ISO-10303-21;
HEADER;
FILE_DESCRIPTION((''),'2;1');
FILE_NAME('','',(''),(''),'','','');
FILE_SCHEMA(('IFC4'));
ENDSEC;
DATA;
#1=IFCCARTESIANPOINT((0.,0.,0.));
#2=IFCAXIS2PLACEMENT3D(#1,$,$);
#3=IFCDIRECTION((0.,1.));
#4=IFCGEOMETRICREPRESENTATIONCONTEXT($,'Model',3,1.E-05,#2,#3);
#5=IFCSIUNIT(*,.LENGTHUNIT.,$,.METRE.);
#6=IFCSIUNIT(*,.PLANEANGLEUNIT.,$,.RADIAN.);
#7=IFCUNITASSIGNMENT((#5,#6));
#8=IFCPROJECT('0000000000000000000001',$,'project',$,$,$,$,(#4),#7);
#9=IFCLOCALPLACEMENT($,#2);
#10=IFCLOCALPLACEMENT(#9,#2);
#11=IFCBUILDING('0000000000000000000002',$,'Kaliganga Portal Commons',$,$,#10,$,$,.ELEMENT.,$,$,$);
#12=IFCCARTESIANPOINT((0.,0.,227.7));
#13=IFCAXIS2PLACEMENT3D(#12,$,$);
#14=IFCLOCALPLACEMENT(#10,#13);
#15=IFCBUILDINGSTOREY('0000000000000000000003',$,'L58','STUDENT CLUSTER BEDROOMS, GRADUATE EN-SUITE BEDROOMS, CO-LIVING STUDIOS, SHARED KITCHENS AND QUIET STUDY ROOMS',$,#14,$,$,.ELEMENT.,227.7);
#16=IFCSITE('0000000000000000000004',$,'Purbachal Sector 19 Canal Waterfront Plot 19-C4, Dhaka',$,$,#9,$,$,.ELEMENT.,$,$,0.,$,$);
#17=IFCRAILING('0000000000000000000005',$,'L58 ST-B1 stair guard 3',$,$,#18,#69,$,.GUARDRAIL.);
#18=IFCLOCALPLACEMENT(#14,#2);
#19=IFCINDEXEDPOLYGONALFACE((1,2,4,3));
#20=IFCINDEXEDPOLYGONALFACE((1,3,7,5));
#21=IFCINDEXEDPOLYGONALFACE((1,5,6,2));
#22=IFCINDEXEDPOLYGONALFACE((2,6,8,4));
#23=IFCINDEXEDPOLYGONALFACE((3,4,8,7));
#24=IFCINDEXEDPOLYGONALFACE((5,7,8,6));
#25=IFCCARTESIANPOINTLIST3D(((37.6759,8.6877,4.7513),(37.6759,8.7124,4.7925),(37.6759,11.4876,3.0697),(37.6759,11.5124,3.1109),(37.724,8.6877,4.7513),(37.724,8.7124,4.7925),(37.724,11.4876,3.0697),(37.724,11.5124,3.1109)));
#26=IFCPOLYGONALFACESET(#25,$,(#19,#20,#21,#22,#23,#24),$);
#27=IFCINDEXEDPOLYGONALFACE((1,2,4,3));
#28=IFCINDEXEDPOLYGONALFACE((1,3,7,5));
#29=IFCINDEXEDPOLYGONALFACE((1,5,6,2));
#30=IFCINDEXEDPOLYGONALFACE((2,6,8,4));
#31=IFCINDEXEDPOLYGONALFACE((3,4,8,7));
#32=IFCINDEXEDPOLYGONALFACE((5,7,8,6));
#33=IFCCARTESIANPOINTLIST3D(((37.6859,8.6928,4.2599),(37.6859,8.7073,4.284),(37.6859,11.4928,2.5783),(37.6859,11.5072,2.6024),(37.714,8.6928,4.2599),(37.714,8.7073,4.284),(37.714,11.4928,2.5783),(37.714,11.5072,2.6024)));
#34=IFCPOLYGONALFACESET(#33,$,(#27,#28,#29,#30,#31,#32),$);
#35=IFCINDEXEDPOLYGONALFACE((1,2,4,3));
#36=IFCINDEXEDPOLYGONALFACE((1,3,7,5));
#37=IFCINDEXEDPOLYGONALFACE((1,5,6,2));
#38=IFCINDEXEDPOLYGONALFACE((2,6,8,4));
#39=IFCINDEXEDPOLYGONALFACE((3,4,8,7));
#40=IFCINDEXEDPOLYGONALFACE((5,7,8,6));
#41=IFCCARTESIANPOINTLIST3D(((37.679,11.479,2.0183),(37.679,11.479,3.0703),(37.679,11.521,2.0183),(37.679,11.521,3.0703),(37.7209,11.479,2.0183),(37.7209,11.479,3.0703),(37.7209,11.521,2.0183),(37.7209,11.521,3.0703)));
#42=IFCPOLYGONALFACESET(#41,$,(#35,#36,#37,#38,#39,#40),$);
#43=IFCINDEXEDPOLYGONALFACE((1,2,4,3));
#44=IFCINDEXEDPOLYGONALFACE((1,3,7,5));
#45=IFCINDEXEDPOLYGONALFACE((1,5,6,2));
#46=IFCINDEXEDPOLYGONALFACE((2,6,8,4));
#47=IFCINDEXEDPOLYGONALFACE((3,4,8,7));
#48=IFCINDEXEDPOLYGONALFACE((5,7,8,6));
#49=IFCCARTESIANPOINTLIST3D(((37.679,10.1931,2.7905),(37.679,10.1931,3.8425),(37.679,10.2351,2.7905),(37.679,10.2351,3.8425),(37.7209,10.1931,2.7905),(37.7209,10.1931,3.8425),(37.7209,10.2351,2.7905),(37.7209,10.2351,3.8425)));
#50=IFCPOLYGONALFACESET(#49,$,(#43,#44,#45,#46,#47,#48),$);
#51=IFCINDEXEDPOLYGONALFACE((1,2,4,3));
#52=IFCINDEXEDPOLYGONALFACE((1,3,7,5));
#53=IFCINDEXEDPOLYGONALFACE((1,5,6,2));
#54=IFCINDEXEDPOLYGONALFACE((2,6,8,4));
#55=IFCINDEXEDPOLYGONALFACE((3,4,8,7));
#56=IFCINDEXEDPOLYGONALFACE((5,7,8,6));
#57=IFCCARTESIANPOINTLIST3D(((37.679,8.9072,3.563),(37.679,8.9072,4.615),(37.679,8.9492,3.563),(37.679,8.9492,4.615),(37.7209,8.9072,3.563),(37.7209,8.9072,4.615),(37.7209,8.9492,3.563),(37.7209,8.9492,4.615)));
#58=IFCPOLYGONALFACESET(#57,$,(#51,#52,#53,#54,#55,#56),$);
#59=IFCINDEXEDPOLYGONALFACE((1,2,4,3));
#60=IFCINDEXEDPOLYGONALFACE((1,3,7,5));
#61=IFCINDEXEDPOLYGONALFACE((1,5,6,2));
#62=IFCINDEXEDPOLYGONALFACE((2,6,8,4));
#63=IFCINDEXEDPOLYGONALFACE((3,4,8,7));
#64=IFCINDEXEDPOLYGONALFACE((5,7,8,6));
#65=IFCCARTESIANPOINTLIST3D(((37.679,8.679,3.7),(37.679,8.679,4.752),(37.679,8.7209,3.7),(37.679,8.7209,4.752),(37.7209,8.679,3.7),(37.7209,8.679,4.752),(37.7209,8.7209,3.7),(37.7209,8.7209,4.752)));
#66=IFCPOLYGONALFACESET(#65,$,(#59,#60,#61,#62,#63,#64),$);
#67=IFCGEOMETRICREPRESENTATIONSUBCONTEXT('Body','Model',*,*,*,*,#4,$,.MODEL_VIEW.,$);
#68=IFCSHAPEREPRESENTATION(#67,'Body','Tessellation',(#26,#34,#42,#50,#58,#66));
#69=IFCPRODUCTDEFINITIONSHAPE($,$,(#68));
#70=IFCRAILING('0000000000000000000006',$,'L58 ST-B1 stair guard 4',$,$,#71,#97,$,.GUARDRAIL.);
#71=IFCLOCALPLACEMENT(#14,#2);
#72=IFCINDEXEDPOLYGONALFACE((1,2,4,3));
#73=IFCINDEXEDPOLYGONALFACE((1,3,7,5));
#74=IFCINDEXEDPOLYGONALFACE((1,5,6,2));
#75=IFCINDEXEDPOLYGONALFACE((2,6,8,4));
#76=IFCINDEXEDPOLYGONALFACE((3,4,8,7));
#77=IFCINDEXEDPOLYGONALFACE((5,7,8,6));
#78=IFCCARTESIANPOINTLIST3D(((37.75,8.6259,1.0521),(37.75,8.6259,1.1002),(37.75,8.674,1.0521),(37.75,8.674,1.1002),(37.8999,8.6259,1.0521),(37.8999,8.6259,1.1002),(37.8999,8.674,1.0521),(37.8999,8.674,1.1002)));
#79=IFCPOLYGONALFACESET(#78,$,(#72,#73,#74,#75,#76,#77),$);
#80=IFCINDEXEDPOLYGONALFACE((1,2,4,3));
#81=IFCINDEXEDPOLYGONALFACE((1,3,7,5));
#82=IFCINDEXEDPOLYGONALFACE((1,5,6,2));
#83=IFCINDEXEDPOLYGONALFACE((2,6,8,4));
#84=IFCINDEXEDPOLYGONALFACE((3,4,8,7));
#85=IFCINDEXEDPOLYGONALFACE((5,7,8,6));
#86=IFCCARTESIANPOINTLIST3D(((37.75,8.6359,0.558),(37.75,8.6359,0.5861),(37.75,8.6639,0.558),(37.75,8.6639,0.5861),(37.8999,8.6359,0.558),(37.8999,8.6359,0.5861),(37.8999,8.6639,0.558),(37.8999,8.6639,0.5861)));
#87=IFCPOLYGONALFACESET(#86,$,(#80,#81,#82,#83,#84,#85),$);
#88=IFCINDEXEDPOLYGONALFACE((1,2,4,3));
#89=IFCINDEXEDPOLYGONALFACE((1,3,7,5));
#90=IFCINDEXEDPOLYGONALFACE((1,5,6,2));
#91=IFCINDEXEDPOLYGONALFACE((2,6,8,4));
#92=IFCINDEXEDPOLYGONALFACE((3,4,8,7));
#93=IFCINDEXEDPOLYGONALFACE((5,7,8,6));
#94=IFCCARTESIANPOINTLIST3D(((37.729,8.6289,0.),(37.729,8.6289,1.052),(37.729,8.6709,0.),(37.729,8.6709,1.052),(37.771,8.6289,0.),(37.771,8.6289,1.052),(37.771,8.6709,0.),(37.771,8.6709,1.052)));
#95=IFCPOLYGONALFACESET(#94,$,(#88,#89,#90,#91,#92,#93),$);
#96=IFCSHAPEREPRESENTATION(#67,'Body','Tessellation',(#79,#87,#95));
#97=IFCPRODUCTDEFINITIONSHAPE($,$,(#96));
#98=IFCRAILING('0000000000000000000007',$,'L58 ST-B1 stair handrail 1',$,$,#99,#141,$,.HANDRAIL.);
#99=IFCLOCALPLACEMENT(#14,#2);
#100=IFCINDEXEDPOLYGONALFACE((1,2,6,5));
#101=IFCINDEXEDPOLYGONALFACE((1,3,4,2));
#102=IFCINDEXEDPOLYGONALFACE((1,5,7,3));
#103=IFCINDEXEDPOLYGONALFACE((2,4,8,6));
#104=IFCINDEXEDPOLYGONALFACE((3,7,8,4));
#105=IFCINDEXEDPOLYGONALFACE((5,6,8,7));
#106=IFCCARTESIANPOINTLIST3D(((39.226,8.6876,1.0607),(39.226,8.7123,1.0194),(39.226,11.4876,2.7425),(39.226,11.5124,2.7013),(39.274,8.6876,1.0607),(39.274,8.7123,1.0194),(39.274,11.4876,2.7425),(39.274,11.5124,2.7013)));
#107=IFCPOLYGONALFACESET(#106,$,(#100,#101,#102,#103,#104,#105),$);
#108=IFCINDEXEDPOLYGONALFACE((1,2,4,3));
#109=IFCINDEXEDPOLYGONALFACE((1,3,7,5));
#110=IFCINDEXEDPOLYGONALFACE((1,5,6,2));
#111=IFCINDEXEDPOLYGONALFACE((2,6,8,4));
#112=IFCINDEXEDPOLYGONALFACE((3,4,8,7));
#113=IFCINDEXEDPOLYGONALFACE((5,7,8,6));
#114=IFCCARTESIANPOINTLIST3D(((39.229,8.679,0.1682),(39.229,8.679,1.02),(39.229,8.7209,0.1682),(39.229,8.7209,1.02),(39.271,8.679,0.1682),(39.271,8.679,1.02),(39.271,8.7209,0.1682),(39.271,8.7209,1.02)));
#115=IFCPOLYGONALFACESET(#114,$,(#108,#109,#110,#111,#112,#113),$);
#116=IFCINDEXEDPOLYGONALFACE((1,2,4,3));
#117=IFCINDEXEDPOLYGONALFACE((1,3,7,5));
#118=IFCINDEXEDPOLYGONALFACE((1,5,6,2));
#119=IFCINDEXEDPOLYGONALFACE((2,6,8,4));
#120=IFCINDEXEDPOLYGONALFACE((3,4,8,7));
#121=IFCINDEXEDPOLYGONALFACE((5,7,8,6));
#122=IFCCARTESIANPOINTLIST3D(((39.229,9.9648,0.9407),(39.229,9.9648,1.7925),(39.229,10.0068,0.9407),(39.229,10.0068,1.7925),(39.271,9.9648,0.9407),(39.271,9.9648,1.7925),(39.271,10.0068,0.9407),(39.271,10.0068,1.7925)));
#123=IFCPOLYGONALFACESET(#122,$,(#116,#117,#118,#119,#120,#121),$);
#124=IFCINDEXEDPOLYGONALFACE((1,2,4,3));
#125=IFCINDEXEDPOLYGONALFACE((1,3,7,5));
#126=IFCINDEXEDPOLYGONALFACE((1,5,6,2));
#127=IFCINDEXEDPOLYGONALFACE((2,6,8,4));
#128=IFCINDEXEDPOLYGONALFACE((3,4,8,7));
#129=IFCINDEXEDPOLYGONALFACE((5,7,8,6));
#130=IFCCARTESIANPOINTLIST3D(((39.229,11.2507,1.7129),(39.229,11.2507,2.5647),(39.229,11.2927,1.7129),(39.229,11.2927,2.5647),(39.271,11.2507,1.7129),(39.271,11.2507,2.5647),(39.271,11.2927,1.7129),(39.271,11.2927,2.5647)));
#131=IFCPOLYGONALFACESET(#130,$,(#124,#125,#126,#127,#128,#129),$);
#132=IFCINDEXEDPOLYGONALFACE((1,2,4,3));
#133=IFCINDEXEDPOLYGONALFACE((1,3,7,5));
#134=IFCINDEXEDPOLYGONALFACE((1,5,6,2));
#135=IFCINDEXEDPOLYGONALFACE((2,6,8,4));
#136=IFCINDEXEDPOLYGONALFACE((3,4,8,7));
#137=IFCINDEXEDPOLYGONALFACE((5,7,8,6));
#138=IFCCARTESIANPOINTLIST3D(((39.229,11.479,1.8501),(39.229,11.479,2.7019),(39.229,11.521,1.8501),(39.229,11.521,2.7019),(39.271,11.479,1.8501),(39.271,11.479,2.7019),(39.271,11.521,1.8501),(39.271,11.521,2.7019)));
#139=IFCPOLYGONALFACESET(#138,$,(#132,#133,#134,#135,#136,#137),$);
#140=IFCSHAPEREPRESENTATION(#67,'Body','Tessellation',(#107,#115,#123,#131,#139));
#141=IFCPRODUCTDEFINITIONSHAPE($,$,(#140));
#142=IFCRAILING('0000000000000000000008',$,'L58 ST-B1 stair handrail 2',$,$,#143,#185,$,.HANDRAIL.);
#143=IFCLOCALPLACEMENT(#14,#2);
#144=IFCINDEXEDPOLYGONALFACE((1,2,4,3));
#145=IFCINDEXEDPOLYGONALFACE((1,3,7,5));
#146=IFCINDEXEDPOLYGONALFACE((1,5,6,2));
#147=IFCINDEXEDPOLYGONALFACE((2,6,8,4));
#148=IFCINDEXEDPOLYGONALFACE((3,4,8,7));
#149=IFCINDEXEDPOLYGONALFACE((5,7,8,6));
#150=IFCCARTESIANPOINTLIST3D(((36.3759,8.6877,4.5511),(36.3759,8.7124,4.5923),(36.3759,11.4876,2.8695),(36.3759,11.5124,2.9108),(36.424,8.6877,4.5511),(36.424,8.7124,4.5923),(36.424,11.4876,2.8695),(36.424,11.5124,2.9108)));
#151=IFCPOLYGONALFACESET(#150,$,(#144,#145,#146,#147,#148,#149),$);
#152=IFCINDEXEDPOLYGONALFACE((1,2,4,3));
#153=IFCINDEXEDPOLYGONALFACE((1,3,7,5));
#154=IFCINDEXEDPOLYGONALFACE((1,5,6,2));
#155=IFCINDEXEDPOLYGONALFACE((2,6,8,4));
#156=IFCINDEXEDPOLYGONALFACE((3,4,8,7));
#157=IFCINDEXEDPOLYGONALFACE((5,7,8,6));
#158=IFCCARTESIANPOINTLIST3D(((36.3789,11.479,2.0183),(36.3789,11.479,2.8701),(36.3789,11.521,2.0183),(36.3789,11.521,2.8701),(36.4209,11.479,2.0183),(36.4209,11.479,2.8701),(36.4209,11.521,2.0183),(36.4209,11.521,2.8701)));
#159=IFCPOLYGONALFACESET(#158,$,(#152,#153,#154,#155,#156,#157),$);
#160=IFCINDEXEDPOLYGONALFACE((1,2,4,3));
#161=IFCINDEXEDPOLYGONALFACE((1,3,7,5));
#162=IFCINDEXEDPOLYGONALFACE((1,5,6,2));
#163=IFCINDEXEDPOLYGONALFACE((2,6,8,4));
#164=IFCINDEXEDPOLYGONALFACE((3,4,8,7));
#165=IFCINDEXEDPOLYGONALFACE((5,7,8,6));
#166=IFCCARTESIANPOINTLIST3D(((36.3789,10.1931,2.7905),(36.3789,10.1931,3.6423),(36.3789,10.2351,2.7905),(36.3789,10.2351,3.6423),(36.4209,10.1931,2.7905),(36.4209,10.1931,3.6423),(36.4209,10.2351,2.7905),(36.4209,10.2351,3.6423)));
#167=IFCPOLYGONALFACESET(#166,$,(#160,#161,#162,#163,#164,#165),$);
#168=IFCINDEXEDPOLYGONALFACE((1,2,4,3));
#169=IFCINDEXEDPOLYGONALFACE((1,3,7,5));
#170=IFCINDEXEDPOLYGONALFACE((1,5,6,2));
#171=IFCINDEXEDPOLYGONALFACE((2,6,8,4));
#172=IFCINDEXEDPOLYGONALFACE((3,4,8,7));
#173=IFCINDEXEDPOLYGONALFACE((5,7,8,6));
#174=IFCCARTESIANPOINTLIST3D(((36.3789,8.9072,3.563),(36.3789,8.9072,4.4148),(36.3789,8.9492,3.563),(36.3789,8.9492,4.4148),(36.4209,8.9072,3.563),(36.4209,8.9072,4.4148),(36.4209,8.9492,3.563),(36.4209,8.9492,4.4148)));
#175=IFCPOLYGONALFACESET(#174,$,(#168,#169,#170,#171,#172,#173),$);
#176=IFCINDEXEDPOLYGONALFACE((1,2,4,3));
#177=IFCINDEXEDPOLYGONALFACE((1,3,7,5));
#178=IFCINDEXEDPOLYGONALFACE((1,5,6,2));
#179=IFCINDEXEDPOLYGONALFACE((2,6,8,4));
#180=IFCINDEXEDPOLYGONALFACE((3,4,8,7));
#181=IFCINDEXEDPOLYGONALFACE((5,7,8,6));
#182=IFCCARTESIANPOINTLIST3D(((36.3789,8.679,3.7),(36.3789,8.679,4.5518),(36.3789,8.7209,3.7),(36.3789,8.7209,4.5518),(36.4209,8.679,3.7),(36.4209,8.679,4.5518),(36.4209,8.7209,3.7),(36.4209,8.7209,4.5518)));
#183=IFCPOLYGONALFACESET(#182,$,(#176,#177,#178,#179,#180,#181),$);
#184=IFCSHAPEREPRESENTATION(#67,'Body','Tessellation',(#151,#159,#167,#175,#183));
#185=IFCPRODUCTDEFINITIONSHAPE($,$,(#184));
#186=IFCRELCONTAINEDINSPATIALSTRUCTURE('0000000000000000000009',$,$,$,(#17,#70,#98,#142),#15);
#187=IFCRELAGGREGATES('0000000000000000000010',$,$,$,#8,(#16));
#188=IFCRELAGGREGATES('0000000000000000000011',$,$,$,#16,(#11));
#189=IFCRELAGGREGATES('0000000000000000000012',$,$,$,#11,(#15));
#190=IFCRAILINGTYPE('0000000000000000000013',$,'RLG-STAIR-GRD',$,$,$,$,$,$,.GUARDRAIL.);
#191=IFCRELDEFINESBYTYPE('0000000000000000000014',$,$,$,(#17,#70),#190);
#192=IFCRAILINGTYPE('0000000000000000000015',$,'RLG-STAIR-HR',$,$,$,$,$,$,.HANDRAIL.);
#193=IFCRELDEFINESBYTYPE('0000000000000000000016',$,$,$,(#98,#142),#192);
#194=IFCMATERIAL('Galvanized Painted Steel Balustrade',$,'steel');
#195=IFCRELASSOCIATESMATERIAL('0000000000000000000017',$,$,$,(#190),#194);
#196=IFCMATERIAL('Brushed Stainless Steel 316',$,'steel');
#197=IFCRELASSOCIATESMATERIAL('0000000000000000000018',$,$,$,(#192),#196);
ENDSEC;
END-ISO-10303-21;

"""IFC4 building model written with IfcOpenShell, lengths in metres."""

from ifc_helpers import new_model, si_unit, direction, frame, origin, origin_2d, place, context, subcontext, project, spatial, rectangle, extrude, material, type_object, element, save


model = new_model("IFC4")

# Units and contexts
model_context = context("Model", 3, precision=1e-05, world=origin(), true_north=direction((0.0, 1.0)))
body_context = subcontext(model_context, "Body", "Model", "MODEL_VIEW")
ifc_project = project(units=[si_unit("LENGTHUNIT", "METRE"), si_unit("PLANEANGLEUNIT", "RADIAN")], contexts=[model_context])

# Site, building, storey
site_placement = place(None, origin())
site = spatial("IfcSite", under=ifc_project, at=site_placement, Name="Purbachal Sector 19 Canal Waterfront Plot 19-C4, Dhaka", CompositionType="ELEMENT", RefElevation=0.0)
building_placement = place(site_placement, origin())
building = spatial("IfcBuilding", under=site, at=building_placement, Name="Kaliganga Portal Commons", CompositionType="ELEMENT")
storey_placement = place(building_placement, frame((0.0, 0.0, 227.7)))
storey = spatial("IfcBuildingStorey", under=building, at=storey_placement, Name="L58", Description="STUDENT CLUSTER BEDROOMS, GRADUATE EN-SUITE BEDROOMS, CO-LIVING STUDIOS, SHARED KITCHENS AND QUIET STUDY ROOMS", CompositionType="ELEMENT", Elevation=227.7)

# Railings
ifc_material_1 = material(Name="Galvanized Painted Steel Balustrade", Category="steel")
railing_type_1 = type_object("IfcRailingType", Name="RLG-STAIR-GRD", PredefinedType="GUARDRAIL", material=ifc_material_1)
railing_1_placement = place(storey_placement, frame((37.7, 11.5, 2.0183)))
element("IfcRailing", 1, at=railing_1_placement, inside=storey, type_object=railing_type_1, Name="L58 ST-B1 stair guard 3", PredefinedType="GUARDRAIL", context=body_context, shape_type="SweptSolid", body=[
    extrude(rectangle(XDim=0.0481, YDim=0.0481, at=origin_2d()), frame((0.0, 0.0, 1.072), z_axis=(0.0, -0.857275, 0.514858), x_axis=(1.0, 0.0, 0.0)), (0.0, 0.0, 1.0), 3.2661),
    extrude(rectangle(XDim=0.0281, YDim=0.0281, at=origin_2d()), frame((0.0, 0.0, 0.572), z_axis=(0.0, -0.857275, 0.514858), x_axis=(1.0, 0.0, 0.0)), (0.0, 0.0, 1.0), 3.2661),
    extrude(rectangle(XDim=0.042, YDim=0.042, at=origin_2d()), origin(), (0.0, 0.0, 1.0), 1.052),
    extrude(rectangle(XDim=0.042, YDim=0.042, at=origin_2d()), frame((0.0, -1.2859, 0.7722)), (0.0, 0.0, 1.0), 1.052),
    extrude(rectangle(XDim=0.042, YDim=0.042, at=origin_2d()), frame((0.0, -2.5718, 1.5447)), (0.0, 0.0, 1.0), 1.052),
    extrude(rectangle(XDim=0.042, YDim=0.042, at=origin_2d()), frame((0.0, -2.8, 1.6816)), (0.0, 0.0, 1.0), 1.052),
])
railing_2_placement = place(storey_placement, frame((37.8999, 8.6499, 0.0)))
element("IfcRailing", 2, at=railing_2_placement, inside=storey, type_object=railing_type_1, Name="L58 ST-B1 stair guard 4", PredefinedType="GUARDRAIL", context=body_context, shape_type="SweptSolid", body=[
    extrude(rectangle(XDim=0.0481, YDim=0.0481, at=origin_2d()), frame((0.0, 0.0, 1.0762), z_axis=(-1.0, 0.0, 0.0), x_axis=(0.0, -1.0, 0.0)), (0.0, 0.0, 1.0), 0.1499),
    extrude(rectangle(XDim=0.0281, YDim=0.0281, at=origin_2d()), frame((0.0, 0.0, 0.572), z_axis=(-1.0, 0.0, 0.0), x_axis=(0.0, -1.0, 0.0)), (0.0, 0.0, 1.0), 0.1499),
    extrude(rectangle(XDim=0.042, YDim=0.042, at=origin_2d()), frame((-0.1499, 0.0, 0.0)), (0.0, 0.0, 1.0), 1.052),
])
ifc_material_2 = material(Name="Brushed Stainless Steel 316", Category="steel")
railing_type_2 = type_object("IfcRailingType", Name="RLG-STAIR-HR", PredefinedType="HANDRAIL", material=ifc_material_2)
railing_3_placement = place(storey_placement, frame((39.25, 8.7, 0.1682)))
element("IfcRailing", 3, at=railing_3_placement, inside=storey, type_object=railing_type_2, Name="L58 ST-B1 stair handrail 1", PredefinedType="HANDRAIL", context=body_context, shape_type="SweptSolid", body=[
    extrude(rectangle(XDim=0.0481, YDim=0.0481, at=origin_2d()), frame((0.0, 0.0, 0.8718), z_axis=(0.0, 0.857242, 0.514913), x_axis=(-1.0, 0.0, 0.0)), (0.0, 0.0, 1.0), 3.2664),
    extrude(rectangle(XDim=0.042, YDim=0.042, at=origin_2d()), origin(), (0.0, 0.0, 1.0), 0.8518),
    extrude(rectangle(XDim=0.042, YDim=0.042, at=origin_2d()), frame((0.0, 1.2859, 0.7725)), (0.0, 0.0, 1.0), 0.8518),
    extrude(rectangle(XDim=0.042, YDim=0.042, at=origin_2d()), frame((0.0, 2.5718, 1.5447)), (0.0, 0.0, 1.0), 0.8518),
    extrude(rectangle(XDim=0.042, YDim=0.042, at=origin_2d()), frame((0.0, 2.8, 1.6819)), (0.0, 0.0, 1.0), 0.8518),
])
railing_4_placement = place(storey_placement, frame((36.3999, 11.5, 2.0183)))
element("IfcRailing", 4, at=railing_4_placement, inside=storey, type_object=railing_type_2, Name="L58 ST-B1 stair handrail 2", PredefinedType="HANDRAIL", context=body_context, shape_type="SweptSolid", body=[
    extrude(rectangle(XDim=0.0481, YDim=0.0481, at=origin_2d()), frame((0.0, 0.0, 0.8718), z_axis=(0.0, -0.857275, 0.514858), x_axis=(1.0, 0.0, 0.0)), (0.0, 0.0, 1.0), 3.2661),
    extrude(rectangle(XDim=0.042, YDim=0.042, at=origin_2d()), origin(), (0.0, 0.0, 1.0), 0.8518),
    extrude(rectangle(XDim=0.042, YDim=0.042, at=origin_2d()), frame((0.0, -1.2859, 0.7722)), (0.0, 0.0, 1.0), 0.8518),
    extrude(rectangle(XDim=0.042, YDim=0.042, at=origin_2d()), frame((0.0, -2.5718, 1.5447)), (0.0, 0.0, 1.0), 0.8518),
    extrude(rectangle(XDim=0.042, YDim=0.042, at=origin_2d()), frame((0.0, -2.8, 1.6816)), (0.0, 0.0, 1.0), 0.8518),
])

save(model, "model.ifc")
